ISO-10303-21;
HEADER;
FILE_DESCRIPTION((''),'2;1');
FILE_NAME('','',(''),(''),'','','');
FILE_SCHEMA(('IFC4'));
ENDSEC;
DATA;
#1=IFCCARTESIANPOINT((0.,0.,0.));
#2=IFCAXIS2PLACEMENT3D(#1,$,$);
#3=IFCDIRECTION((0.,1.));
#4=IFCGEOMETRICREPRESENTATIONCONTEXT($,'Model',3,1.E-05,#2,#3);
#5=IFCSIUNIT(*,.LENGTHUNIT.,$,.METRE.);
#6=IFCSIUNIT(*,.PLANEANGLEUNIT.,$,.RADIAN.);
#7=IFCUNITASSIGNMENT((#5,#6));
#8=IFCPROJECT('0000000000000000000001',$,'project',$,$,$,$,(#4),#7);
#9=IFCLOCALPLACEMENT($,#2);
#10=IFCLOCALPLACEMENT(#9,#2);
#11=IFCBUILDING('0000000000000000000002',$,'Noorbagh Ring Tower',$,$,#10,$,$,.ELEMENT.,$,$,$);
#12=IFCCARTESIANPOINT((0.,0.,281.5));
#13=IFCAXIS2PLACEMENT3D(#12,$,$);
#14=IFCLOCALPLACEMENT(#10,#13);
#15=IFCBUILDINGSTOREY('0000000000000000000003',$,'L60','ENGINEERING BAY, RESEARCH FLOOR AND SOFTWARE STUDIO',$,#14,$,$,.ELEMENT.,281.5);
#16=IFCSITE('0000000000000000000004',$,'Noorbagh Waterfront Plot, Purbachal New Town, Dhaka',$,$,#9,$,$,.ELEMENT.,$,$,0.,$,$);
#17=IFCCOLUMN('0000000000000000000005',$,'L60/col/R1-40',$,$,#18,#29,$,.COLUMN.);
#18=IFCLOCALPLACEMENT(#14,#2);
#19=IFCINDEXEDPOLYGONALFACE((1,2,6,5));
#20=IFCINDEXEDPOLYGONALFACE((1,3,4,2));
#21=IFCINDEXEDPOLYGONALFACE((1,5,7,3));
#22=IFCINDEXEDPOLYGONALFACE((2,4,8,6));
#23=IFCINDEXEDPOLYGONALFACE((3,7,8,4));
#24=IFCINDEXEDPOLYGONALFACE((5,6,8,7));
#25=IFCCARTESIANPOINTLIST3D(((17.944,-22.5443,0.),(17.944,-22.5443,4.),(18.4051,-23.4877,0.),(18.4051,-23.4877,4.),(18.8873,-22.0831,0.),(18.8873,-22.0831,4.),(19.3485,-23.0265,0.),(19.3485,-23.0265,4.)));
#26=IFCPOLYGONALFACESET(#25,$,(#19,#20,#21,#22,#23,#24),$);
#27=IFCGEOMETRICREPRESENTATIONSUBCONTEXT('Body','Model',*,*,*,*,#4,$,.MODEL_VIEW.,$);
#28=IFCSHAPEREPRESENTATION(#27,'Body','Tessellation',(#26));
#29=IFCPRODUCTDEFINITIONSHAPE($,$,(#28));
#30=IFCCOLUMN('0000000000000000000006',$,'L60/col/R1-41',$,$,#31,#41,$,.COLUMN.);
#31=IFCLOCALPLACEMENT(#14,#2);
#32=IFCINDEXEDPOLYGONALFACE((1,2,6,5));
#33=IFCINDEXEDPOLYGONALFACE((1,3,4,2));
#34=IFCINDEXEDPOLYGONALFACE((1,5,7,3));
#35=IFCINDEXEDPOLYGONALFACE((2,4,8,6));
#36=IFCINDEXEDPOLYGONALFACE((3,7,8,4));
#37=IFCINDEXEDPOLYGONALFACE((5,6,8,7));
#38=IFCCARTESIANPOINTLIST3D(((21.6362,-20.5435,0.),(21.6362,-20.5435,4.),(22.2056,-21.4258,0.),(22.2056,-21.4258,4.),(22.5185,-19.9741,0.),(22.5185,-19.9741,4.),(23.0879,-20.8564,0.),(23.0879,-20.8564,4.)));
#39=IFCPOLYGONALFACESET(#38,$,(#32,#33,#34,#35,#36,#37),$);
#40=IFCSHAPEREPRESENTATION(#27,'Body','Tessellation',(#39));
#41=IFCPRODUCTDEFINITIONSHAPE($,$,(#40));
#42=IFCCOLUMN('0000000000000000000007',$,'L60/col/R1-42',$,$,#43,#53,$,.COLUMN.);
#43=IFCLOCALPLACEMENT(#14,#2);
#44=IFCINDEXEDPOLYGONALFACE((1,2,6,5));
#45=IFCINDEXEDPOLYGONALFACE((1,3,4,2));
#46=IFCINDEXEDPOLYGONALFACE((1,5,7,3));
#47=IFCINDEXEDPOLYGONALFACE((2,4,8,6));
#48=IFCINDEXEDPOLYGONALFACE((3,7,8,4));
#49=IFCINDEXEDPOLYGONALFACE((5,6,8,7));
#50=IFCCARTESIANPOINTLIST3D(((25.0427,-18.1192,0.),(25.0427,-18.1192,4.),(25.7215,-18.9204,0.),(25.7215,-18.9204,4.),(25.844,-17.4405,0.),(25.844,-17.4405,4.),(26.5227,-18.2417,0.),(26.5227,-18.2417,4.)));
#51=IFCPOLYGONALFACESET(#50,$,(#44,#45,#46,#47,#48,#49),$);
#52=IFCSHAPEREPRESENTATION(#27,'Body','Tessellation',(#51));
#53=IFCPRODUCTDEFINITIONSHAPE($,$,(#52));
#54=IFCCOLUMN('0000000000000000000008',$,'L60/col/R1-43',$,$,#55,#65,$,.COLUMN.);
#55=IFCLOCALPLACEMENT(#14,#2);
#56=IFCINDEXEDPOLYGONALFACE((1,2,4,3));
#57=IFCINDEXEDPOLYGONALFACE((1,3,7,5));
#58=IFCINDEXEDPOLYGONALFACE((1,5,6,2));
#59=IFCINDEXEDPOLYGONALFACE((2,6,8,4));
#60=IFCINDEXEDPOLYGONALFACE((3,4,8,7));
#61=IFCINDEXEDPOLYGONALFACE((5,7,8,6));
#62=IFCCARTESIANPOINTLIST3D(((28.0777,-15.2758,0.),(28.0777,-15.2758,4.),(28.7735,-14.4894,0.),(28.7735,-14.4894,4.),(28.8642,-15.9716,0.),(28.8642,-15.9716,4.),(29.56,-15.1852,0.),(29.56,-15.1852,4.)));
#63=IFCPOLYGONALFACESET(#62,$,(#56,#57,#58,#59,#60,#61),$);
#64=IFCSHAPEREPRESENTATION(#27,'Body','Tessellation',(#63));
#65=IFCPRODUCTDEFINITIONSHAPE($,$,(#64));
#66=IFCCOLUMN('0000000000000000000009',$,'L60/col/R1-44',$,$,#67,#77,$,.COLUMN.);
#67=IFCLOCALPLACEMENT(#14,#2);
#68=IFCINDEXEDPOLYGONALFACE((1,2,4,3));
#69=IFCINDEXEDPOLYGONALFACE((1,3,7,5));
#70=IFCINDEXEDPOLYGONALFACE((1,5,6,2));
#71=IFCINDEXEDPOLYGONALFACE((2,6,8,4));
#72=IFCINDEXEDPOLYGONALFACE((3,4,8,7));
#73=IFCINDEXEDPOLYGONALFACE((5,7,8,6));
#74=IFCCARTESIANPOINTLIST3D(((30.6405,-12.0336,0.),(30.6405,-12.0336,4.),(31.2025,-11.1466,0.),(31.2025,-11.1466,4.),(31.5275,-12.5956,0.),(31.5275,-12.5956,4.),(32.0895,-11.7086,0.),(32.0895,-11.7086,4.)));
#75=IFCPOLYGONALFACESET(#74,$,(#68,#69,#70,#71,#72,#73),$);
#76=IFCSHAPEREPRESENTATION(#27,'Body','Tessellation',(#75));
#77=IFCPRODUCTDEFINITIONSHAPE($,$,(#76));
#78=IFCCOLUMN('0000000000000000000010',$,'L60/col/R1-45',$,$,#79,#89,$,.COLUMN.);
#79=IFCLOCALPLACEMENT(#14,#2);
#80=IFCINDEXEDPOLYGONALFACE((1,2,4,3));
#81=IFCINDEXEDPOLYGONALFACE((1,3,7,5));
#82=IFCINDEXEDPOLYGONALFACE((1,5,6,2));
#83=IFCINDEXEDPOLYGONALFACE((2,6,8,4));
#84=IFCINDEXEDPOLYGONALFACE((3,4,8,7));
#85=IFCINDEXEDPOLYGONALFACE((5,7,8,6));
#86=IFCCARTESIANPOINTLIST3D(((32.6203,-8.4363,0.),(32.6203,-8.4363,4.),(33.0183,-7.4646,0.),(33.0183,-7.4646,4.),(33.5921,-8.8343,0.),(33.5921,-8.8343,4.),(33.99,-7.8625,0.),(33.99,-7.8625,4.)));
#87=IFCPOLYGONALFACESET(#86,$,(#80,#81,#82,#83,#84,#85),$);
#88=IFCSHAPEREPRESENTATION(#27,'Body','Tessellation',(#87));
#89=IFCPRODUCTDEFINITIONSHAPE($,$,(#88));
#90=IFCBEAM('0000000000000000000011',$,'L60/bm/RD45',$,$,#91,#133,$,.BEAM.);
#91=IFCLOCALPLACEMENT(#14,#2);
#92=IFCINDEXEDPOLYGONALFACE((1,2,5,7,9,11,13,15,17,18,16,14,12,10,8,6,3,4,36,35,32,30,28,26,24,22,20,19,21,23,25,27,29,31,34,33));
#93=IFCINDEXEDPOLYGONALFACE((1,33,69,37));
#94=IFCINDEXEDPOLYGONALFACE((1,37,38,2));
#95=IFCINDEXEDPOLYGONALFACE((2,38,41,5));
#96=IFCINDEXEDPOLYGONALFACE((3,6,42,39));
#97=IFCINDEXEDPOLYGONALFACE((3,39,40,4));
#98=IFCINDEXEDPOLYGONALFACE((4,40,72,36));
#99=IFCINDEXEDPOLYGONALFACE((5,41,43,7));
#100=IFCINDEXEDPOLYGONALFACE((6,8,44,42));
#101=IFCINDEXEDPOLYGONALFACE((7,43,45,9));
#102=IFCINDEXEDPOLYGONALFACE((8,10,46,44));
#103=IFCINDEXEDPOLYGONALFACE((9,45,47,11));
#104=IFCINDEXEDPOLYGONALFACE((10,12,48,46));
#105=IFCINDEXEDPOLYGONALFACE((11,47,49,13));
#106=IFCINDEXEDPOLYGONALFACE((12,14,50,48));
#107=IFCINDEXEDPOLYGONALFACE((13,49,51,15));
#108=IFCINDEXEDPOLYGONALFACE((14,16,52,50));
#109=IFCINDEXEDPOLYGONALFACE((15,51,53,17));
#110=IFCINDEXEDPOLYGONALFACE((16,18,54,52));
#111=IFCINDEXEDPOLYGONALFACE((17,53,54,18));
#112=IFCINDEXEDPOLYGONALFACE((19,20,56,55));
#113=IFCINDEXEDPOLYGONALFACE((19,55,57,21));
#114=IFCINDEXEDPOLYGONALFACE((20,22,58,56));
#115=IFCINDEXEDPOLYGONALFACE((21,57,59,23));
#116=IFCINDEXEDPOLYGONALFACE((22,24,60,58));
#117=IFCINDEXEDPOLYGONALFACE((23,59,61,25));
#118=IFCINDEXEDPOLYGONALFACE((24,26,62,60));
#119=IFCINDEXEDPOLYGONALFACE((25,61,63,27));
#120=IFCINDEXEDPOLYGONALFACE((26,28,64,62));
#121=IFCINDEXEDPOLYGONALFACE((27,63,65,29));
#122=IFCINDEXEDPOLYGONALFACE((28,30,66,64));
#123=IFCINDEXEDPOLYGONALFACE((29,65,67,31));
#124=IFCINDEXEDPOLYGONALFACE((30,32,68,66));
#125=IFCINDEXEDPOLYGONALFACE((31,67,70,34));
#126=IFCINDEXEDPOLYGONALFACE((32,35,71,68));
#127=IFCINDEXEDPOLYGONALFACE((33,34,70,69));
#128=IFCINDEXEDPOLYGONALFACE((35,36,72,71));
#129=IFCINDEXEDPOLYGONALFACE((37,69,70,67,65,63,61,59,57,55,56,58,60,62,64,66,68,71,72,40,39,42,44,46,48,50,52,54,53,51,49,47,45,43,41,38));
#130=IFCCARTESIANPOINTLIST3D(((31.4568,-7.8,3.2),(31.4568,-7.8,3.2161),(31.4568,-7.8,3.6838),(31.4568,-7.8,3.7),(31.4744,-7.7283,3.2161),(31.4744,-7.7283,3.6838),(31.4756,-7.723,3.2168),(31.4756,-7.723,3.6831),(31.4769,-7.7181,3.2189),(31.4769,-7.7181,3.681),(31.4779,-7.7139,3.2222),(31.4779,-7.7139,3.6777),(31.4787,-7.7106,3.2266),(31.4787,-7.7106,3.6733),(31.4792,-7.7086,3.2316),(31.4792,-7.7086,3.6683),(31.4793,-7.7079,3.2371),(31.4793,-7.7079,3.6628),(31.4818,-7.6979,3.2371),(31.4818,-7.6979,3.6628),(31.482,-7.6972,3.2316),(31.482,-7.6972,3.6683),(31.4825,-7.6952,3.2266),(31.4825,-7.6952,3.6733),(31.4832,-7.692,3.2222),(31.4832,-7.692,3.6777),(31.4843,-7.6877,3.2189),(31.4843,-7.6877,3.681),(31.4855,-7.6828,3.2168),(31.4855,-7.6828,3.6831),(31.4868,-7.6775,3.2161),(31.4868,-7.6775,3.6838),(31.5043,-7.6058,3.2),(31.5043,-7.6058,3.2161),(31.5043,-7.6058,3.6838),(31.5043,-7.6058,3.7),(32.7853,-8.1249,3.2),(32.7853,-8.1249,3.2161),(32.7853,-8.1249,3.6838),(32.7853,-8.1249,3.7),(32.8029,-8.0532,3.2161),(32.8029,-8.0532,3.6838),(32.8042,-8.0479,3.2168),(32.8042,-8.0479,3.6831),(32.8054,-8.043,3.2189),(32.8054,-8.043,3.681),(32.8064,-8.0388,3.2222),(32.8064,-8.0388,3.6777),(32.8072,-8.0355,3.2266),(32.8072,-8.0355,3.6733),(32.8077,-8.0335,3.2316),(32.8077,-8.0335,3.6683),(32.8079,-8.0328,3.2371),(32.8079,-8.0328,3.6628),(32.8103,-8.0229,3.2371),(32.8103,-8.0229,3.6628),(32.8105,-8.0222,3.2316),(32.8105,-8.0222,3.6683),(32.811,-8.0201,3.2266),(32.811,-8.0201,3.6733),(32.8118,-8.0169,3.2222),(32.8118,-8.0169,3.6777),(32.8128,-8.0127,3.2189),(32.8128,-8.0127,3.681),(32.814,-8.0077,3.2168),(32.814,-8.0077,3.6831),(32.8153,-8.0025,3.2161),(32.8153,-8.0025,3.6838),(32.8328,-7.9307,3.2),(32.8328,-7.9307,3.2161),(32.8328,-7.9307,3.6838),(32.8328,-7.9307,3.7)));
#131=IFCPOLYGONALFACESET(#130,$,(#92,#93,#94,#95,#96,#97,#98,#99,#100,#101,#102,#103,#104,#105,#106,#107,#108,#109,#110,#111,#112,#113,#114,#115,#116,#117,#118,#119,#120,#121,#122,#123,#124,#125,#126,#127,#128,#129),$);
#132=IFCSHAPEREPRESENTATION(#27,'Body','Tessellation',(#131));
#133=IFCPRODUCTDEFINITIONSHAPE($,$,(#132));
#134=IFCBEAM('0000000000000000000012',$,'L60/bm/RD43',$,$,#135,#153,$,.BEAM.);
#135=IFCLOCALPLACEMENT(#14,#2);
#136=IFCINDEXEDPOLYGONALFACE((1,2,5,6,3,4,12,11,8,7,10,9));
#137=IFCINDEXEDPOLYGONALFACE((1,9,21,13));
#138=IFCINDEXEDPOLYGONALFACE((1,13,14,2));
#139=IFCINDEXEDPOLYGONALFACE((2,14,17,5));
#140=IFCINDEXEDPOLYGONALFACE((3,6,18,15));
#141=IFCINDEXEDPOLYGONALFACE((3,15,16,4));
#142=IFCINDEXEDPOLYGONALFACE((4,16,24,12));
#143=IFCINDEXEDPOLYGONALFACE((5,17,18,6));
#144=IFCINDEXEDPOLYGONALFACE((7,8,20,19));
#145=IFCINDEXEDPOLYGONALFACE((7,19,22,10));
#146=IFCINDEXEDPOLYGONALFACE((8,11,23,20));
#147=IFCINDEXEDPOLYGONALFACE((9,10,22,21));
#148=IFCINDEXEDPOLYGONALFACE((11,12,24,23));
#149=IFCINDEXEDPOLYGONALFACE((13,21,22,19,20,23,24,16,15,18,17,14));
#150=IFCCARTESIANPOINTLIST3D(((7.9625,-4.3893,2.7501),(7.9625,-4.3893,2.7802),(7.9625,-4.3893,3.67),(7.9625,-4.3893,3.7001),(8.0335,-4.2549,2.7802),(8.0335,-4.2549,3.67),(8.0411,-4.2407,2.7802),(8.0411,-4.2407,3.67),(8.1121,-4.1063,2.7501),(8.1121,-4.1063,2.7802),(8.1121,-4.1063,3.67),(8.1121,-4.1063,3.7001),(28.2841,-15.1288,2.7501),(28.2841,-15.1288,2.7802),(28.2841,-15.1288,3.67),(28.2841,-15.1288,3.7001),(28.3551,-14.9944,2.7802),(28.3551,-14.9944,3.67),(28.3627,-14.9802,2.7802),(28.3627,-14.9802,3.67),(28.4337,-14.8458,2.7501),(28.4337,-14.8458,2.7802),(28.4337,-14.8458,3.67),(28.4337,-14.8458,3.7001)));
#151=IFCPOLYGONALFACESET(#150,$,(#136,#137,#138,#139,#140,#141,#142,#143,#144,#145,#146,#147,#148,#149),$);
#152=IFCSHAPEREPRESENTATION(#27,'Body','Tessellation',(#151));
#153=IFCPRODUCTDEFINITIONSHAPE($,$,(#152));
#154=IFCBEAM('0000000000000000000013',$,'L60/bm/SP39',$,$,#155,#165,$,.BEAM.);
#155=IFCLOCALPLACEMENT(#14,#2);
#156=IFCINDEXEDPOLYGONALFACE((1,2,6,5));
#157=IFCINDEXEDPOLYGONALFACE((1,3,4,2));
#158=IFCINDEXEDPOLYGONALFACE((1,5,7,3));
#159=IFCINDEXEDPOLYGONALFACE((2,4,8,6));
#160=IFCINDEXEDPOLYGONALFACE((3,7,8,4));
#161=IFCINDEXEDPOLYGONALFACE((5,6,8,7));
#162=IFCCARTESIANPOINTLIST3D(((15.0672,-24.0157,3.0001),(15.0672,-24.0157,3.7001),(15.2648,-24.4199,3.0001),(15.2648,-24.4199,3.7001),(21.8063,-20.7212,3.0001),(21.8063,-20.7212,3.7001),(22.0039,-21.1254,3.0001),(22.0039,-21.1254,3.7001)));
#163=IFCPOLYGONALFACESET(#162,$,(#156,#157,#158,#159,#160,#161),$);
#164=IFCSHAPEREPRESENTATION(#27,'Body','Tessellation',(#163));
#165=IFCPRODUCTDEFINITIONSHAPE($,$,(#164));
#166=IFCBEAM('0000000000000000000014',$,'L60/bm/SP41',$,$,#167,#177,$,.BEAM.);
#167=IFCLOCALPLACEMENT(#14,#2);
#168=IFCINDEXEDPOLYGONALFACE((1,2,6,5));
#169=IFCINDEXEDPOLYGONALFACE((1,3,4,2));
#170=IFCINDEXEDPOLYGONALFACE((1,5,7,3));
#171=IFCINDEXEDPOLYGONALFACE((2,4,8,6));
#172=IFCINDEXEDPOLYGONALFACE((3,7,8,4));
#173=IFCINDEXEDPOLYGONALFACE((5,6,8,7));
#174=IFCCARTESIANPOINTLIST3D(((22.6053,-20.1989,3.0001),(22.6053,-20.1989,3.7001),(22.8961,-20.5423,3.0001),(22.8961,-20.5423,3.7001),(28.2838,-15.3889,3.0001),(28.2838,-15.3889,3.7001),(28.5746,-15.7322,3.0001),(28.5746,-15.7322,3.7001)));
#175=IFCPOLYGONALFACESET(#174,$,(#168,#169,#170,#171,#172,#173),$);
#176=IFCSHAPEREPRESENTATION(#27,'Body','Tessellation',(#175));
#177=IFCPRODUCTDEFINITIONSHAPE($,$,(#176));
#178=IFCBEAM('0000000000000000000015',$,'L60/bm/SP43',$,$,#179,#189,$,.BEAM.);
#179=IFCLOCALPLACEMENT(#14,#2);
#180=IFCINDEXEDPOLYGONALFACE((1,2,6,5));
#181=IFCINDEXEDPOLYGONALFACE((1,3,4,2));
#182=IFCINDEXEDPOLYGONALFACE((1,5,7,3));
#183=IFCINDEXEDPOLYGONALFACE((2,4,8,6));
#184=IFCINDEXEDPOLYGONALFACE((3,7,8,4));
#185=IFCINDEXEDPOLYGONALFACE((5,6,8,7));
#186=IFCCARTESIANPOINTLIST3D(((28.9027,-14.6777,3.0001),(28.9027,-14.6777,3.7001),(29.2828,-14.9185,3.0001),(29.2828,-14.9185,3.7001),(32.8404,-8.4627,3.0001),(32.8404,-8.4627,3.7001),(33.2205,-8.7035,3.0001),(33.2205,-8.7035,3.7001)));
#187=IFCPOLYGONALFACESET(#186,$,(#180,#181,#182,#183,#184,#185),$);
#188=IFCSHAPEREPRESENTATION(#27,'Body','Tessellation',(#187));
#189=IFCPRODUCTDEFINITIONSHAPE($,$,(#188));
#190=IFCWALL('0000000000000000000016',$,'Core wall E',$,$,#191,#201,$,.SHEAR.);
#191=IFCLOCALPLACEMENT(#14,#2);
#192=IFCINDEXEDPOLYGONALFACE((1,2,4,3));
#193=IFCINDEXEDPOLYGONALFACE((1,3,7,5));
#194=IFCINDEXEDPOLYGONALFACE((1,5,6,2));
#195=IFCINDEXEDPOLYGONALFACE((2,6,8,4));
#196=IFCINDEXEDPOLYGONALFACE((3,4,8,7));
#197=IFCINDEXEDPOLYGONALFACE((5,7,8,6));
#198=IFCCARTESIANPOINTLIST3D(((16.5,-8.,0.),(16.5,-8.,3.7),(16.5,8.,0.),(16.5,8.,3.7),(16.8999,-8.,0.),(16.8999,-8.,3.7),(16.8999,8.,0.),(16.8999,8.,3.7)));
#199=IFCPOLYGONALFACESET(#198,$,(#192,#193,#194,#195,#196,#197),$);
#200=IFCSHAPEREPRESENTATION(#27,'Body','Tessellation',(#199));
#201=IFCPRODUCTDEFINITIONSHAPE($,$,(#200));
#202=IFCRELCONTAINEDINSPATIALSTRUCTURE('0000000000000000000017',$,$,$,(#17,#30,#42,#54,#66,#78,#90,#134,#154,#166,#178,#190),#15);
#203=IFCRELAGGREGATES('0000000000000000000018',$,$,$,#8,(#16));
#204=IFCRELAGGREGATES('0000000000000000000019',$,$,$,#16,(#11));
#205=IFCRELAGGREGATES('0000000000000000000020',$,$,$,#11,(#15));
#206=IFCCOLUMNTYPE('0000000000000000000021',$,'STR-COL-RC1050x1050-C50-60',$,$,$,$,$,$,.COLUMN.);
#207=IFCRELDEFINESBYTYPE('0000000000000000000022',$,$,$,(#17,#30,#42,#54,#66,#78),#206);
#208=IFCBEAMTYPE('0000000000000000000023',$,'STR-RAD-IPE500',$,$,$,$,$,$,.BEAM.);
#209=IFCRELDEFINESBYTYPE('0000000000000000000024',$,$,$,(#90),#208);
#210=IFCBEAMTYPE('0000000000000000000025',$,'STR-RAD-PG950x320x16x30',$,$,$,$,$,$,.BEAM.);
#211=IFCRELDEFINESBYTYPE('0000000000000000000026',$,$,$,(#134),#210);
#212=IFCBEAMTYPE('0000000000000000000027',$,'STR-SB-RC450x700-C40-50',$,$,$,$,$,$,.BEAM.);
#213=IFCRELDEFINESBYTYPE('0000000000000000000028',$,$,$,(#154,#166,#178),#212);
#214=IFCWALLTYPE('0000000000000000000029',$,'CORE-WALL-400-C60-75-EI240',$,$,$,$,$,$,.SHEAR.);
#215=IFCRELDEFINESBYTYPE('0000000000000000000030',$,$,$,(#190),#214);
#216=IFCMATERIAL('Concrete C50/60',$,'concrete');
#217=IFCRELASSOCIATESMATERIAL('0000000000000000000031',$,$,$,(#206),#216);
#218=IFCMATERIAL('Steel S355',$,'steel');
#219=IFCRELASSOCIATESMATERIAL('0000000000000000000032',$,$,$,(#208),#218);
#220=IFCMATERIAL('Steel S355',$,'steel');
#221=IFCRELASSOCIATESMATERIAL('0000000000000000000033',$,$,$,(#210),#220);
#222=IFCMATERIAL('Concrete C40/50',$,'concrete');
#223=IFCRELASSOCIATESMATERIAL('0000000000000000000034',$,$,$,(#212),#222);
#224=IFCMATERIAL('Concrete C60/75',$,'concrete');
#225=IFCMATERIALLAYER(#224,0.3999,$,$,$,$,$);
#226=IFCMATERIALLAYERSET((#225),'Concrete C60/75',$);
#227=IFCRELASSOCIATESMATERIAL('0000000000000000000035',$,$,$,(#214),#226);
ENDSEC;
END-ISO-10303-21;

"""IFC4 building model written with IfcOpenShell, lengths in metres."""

from ifc_helpers import new_model, si_unit, direction, frame, frame_2d, origin, origin_2d, place, context, subcontext, project, spatial, rectangle, i_section, extrude, material, layer, layer_set, material_profile, profile_set, type_object, element, save


model = new_model("IFC4")

# Units and contexts
model_context = context("Model", 3, precision=1e-05, world=origin(), true_north=direction((0.0, 1.0)))
body_context = subcontext(model_context, "Body", "Model", "MODEL_VIEW")
ifc_project = project(units=[si_unit("LENGTHUNIT", "METRE"), si_unit("PLANEANGLEUNIT", "RADIAN")], contexts=[model_context])

# Site, building, storey
site_placement = place(None, origin())
site = spatial("IfcSite", under=ifc_project, at=site_placement, Name="Noorbagh Waterfront Plot, Purbachal New Town, Dhaka", CompositionType="ELEMENT", RefElevation=0.0)
building_placement = place(site_placement, origin())
building = spatial("IfcBuilding", under=site, at=building_placement, Name="Noorbagh Ring Tower", CompositionType="ELEMENT")
storey_placement = place(building_placement, frame((0.0, 0.0, 281.5)))
storey = spatial("IfcBuildingStorey", under=building, at=storey_placement, Name="L60", Description="ENGINEERING BAY, RESEARCH FLOOR AND SOFTWARE STUDIO", CompositionType="ELEMENT", Elevation=281.5)

# Columns
ifc_material_1 = material(Name="Concrete C50/60", Category="concrete")
ifc_material_profile_1 = material_profile(ifc_material_1, rectangle(XDim=1.05, YDim=1.05, at=origin_2d()), Name="RC1050x1050")
ifc_profile_set_1 = profile_set([ifc_material_profile_1], Name="Concrete C50/60")
column_type = type_object("IfcColumnType", Name="STR-COL-RC1050x1050-C50-60", PredefinedType="COLUMN", material=ifc_profile_set_1)
for number, where, z_axis, x_axis, name in (
    (1, (18.6462, -22.7854, 0.0), (0.0, 0.0, 1.0), (0.898399, 0.43918, 0.0), "L60/col/R1-40"),
    (2, (22.3621, -20.7, 0.0), (0.0, 0.0, 1.0), (0.840248, 0.542203, 0.0), "L60/col/R1-41"),
    (3, (25.7827, -18.1804, 0.0), (0.0, 0.0, 1.0), (0.763035, 0.646357, 0.0), "L60/col/R1-42"),
    (4, (28.8188, -15.2305, 0.0), (0.0, 0.0, 1.0), (0.662636, 0.748942, 0.0), "L60/col/R1-43"),
    (5, (31.365, -11.8711, 0.0), (0.0, 0.0, 1.0), (0.53519, 0.844731, 0.0), "L60/col/R1-44"),
    (6, (33.3052, -8.1494, 0.0), (0.0, 0.0, 1.0), (0.378989, 0.925401, 0.0), "L60/col/R1-45"),
):
    element("IfcColumn", number, at=place(storey_placement, frame(where, z_axis=z_axis, x_axis=x_axis)), inside=storey, type_object=column_type, Name=name, PredefinedType="COLUMN", context=body_context, shape_type="SweptSolid", body=[
        extrude(rectangle(XDim=1.05, YDim=1.05, at=origin_2d()), origin(), (0.0, 0.0, 1.0), 4.0),
    ])

# Beams
ifc_material_2 = material(Name="Steel S355", Category="steel")
ifc_material_profile_2 = material_profile(ifc_material_2, i_section(OverallWidth=0.2, OverallDepth=0.5, WebThickness=0.0103, FlangeThickness=0.0161, FilletRadius=0.021, at=origin_2d()), Name="IPE500")
ifc_profile_set_2 = profile_set([ifc_material_profile_2], Name="Steel S355")
beam_type_1 = type_object("IfcBeamType", Name="STR-RAD-IPE500", PredefinedType="BEAM", material=ifc_profile_set_2)
beam_1_placement = place(storey_placement, frame((32.8091, -8.0278, 3.45), z_axis=(-0.971369, 0.237577, 0.0), x_axis=(-0.237577, -0.971369, 0.0)))
element("IfcBeam", 7, at=beam_1_placement, inside=storey, type_object=beam_type_1, Name="L60/bm/RD45", PredefinedType="BEAM", context=body_context, shape_type="SweptSolid", body=[
    extrude(i_section(OverallWidth=0.2, OverallDepth=0.5, WebThickness=0.0103, FlangeThickness=0.0161, FilletRadius=0.021, at=origin_2d()), origin(), (0.0, 0.0, 1.0), 1.3677),
])
ifc_material_3 = material(Name="Steel S355", Category="steel")
ifc_material_profile_3 = material_profile(ifc_material_3, i_section(OverallWidth=0.3201, OverallDepth=0.95, WebThickness=0.0161, FlangeThickness=0.03, at=origin_2d()), Name="PG950x320x16x30")
ifc_profile_set_3 = profile_set([ifc_material_profile_3], Name="Steel S355")
beam_type_2 = type_object("IfcBeamType", Name="STR-RAD-PG950x320x16x30", PredefinedType="BEAM", material=ifc_profile_set_3)
beam_2_placement = place(storey_placement, frame((28.3589, -14.9873, 3.2251), z_axis=(-0.884129, 0.467243, 0.0), x_axis=(-0.467243, -0.884129, 0.0)))
element("IfcBeam", 8, at=beam_2_placement, inside=storey, type_object=beam_type_2, Name="L60/bm/RD43", PredefinedType="BEAM", context=body_context, shape_type="SweptSolid", body=[
    extrude(i_section(OverallWidth=0.3201, OverallDepth=0.95, WebThickness=0.0161, FlangeThickness=0.03, at=origin_2d()), origin(), (0.0, 0.0, 1.0), 22.9849),
])
ifc_material_4 = material(Name="Concrete C40/50", Category="concrete")
ifc_material_profile_4 = material_profile(ifc_material_4, rectangle(XDim=0.45, YDim=0.7, at=origin_2d()), Name="RC450x700")
ifc_profile_set_4 = profile_set([ifc_material_profile_4], Name="Concrete C40/50")
beam_type_3 = type_object("IfcBeamType", Name="STR-SB-RC450x700-C40-50", PredefinedType="BEAM", material=ifc_profile_set_4)
beam_3_placement = place(storey_placement, frame((15.166, -24.2178, 3.3501), z_axis=(0.898395, 0.439189, 0.0), x_axis=(-0.439189, 0.898395, 0.0)))
element("IfcBeam", 9, at=beam_3_placement, inside=storey, type_object=beam_type_3, Name="L60/bm/SP39", PredefinedType="BEAM", context=body_context, shape_type="SweptSolid", body=[
    extrude(rectangle(XDim=0.45, YDim=0.7, at=origin_2d()), origin(), (0.0, 0.0, 1.0), 7.5012),
])
beam_4_placement = place(storey_placement, frame((22.7507, -20.3706, 3.3501), z_axis=(0.763041, 0.64635, 0.0), x_axis=(-0.64635, 0.763041, 0.0)))
element("IfcBeam", 10, at=beam_4_placement, inside=storey, type_object=beam_type_3, Name="L60/bm/SP41", PredefinedType="BEAM", context=body_context, shape_type="SweptSolid", body=[
    extrude(rectangle(XDim=0.45, YDim=0.7, at=origin_2d()), origin(), (0.0, 0.0, 1.0), 7.4419),
])
beam_5_placement = place(storey_placement, frame((29.0928, -14.7981, 3.3501), z_axis=(0.5352, 0.844726, 0.0), x_axis=(-0.844726, 0.5352, 0.0)))
element("IfcBeam", 11, at=beam_5_placement, inside=storey, type_object=beam_type_3, Name="L60/bm/SP43", PredefinedType="BEAM", context=body_context, shape_type="SweptSolid", body=[
    extrude(rectangle(XDim=0.45, YDim=0.7, at=origin_2d()), origin(), (0.0, 0.0, 1.0), 7.3574),
])

# Wall
ifc_material_5 = material(Name="Concrete C60/75", Category="concrete")
ifc_layer_1 = layer(ifc_material_5, 0.3999)
ifc_layer_set_1 = layer_set([ifc_layer_1], Name="Concrete C60/75")
wall_type_1 = type_object("IfcWallType", Name="CORE-WALL-400-C60-75-EI240", PredefinedType="SHEAR", material=ifc_layer_set_1)
wall_1_placement = place(storey_placement, frame((16.7, -8.0, 0.0), z_axis=(0.0, 0.0, 1.0), x_axis=(0.0, 1.0, 0.0)))
element("IfcWall", 12, at=wall_1_placement, inside=storey, type_object=wall_type_1, Name="Core wall E", PredefinedType="SHEAR", context=body_context, shape_type="SweptSolid", body=[
    extrude(rectangle(XDim=16.0, YDim=0.3999, at=frame_2d((8.0, 0.0))), origin(), (0.0, 0.0, 1.0), 3.7),
])

save(model, "model.ifc")
